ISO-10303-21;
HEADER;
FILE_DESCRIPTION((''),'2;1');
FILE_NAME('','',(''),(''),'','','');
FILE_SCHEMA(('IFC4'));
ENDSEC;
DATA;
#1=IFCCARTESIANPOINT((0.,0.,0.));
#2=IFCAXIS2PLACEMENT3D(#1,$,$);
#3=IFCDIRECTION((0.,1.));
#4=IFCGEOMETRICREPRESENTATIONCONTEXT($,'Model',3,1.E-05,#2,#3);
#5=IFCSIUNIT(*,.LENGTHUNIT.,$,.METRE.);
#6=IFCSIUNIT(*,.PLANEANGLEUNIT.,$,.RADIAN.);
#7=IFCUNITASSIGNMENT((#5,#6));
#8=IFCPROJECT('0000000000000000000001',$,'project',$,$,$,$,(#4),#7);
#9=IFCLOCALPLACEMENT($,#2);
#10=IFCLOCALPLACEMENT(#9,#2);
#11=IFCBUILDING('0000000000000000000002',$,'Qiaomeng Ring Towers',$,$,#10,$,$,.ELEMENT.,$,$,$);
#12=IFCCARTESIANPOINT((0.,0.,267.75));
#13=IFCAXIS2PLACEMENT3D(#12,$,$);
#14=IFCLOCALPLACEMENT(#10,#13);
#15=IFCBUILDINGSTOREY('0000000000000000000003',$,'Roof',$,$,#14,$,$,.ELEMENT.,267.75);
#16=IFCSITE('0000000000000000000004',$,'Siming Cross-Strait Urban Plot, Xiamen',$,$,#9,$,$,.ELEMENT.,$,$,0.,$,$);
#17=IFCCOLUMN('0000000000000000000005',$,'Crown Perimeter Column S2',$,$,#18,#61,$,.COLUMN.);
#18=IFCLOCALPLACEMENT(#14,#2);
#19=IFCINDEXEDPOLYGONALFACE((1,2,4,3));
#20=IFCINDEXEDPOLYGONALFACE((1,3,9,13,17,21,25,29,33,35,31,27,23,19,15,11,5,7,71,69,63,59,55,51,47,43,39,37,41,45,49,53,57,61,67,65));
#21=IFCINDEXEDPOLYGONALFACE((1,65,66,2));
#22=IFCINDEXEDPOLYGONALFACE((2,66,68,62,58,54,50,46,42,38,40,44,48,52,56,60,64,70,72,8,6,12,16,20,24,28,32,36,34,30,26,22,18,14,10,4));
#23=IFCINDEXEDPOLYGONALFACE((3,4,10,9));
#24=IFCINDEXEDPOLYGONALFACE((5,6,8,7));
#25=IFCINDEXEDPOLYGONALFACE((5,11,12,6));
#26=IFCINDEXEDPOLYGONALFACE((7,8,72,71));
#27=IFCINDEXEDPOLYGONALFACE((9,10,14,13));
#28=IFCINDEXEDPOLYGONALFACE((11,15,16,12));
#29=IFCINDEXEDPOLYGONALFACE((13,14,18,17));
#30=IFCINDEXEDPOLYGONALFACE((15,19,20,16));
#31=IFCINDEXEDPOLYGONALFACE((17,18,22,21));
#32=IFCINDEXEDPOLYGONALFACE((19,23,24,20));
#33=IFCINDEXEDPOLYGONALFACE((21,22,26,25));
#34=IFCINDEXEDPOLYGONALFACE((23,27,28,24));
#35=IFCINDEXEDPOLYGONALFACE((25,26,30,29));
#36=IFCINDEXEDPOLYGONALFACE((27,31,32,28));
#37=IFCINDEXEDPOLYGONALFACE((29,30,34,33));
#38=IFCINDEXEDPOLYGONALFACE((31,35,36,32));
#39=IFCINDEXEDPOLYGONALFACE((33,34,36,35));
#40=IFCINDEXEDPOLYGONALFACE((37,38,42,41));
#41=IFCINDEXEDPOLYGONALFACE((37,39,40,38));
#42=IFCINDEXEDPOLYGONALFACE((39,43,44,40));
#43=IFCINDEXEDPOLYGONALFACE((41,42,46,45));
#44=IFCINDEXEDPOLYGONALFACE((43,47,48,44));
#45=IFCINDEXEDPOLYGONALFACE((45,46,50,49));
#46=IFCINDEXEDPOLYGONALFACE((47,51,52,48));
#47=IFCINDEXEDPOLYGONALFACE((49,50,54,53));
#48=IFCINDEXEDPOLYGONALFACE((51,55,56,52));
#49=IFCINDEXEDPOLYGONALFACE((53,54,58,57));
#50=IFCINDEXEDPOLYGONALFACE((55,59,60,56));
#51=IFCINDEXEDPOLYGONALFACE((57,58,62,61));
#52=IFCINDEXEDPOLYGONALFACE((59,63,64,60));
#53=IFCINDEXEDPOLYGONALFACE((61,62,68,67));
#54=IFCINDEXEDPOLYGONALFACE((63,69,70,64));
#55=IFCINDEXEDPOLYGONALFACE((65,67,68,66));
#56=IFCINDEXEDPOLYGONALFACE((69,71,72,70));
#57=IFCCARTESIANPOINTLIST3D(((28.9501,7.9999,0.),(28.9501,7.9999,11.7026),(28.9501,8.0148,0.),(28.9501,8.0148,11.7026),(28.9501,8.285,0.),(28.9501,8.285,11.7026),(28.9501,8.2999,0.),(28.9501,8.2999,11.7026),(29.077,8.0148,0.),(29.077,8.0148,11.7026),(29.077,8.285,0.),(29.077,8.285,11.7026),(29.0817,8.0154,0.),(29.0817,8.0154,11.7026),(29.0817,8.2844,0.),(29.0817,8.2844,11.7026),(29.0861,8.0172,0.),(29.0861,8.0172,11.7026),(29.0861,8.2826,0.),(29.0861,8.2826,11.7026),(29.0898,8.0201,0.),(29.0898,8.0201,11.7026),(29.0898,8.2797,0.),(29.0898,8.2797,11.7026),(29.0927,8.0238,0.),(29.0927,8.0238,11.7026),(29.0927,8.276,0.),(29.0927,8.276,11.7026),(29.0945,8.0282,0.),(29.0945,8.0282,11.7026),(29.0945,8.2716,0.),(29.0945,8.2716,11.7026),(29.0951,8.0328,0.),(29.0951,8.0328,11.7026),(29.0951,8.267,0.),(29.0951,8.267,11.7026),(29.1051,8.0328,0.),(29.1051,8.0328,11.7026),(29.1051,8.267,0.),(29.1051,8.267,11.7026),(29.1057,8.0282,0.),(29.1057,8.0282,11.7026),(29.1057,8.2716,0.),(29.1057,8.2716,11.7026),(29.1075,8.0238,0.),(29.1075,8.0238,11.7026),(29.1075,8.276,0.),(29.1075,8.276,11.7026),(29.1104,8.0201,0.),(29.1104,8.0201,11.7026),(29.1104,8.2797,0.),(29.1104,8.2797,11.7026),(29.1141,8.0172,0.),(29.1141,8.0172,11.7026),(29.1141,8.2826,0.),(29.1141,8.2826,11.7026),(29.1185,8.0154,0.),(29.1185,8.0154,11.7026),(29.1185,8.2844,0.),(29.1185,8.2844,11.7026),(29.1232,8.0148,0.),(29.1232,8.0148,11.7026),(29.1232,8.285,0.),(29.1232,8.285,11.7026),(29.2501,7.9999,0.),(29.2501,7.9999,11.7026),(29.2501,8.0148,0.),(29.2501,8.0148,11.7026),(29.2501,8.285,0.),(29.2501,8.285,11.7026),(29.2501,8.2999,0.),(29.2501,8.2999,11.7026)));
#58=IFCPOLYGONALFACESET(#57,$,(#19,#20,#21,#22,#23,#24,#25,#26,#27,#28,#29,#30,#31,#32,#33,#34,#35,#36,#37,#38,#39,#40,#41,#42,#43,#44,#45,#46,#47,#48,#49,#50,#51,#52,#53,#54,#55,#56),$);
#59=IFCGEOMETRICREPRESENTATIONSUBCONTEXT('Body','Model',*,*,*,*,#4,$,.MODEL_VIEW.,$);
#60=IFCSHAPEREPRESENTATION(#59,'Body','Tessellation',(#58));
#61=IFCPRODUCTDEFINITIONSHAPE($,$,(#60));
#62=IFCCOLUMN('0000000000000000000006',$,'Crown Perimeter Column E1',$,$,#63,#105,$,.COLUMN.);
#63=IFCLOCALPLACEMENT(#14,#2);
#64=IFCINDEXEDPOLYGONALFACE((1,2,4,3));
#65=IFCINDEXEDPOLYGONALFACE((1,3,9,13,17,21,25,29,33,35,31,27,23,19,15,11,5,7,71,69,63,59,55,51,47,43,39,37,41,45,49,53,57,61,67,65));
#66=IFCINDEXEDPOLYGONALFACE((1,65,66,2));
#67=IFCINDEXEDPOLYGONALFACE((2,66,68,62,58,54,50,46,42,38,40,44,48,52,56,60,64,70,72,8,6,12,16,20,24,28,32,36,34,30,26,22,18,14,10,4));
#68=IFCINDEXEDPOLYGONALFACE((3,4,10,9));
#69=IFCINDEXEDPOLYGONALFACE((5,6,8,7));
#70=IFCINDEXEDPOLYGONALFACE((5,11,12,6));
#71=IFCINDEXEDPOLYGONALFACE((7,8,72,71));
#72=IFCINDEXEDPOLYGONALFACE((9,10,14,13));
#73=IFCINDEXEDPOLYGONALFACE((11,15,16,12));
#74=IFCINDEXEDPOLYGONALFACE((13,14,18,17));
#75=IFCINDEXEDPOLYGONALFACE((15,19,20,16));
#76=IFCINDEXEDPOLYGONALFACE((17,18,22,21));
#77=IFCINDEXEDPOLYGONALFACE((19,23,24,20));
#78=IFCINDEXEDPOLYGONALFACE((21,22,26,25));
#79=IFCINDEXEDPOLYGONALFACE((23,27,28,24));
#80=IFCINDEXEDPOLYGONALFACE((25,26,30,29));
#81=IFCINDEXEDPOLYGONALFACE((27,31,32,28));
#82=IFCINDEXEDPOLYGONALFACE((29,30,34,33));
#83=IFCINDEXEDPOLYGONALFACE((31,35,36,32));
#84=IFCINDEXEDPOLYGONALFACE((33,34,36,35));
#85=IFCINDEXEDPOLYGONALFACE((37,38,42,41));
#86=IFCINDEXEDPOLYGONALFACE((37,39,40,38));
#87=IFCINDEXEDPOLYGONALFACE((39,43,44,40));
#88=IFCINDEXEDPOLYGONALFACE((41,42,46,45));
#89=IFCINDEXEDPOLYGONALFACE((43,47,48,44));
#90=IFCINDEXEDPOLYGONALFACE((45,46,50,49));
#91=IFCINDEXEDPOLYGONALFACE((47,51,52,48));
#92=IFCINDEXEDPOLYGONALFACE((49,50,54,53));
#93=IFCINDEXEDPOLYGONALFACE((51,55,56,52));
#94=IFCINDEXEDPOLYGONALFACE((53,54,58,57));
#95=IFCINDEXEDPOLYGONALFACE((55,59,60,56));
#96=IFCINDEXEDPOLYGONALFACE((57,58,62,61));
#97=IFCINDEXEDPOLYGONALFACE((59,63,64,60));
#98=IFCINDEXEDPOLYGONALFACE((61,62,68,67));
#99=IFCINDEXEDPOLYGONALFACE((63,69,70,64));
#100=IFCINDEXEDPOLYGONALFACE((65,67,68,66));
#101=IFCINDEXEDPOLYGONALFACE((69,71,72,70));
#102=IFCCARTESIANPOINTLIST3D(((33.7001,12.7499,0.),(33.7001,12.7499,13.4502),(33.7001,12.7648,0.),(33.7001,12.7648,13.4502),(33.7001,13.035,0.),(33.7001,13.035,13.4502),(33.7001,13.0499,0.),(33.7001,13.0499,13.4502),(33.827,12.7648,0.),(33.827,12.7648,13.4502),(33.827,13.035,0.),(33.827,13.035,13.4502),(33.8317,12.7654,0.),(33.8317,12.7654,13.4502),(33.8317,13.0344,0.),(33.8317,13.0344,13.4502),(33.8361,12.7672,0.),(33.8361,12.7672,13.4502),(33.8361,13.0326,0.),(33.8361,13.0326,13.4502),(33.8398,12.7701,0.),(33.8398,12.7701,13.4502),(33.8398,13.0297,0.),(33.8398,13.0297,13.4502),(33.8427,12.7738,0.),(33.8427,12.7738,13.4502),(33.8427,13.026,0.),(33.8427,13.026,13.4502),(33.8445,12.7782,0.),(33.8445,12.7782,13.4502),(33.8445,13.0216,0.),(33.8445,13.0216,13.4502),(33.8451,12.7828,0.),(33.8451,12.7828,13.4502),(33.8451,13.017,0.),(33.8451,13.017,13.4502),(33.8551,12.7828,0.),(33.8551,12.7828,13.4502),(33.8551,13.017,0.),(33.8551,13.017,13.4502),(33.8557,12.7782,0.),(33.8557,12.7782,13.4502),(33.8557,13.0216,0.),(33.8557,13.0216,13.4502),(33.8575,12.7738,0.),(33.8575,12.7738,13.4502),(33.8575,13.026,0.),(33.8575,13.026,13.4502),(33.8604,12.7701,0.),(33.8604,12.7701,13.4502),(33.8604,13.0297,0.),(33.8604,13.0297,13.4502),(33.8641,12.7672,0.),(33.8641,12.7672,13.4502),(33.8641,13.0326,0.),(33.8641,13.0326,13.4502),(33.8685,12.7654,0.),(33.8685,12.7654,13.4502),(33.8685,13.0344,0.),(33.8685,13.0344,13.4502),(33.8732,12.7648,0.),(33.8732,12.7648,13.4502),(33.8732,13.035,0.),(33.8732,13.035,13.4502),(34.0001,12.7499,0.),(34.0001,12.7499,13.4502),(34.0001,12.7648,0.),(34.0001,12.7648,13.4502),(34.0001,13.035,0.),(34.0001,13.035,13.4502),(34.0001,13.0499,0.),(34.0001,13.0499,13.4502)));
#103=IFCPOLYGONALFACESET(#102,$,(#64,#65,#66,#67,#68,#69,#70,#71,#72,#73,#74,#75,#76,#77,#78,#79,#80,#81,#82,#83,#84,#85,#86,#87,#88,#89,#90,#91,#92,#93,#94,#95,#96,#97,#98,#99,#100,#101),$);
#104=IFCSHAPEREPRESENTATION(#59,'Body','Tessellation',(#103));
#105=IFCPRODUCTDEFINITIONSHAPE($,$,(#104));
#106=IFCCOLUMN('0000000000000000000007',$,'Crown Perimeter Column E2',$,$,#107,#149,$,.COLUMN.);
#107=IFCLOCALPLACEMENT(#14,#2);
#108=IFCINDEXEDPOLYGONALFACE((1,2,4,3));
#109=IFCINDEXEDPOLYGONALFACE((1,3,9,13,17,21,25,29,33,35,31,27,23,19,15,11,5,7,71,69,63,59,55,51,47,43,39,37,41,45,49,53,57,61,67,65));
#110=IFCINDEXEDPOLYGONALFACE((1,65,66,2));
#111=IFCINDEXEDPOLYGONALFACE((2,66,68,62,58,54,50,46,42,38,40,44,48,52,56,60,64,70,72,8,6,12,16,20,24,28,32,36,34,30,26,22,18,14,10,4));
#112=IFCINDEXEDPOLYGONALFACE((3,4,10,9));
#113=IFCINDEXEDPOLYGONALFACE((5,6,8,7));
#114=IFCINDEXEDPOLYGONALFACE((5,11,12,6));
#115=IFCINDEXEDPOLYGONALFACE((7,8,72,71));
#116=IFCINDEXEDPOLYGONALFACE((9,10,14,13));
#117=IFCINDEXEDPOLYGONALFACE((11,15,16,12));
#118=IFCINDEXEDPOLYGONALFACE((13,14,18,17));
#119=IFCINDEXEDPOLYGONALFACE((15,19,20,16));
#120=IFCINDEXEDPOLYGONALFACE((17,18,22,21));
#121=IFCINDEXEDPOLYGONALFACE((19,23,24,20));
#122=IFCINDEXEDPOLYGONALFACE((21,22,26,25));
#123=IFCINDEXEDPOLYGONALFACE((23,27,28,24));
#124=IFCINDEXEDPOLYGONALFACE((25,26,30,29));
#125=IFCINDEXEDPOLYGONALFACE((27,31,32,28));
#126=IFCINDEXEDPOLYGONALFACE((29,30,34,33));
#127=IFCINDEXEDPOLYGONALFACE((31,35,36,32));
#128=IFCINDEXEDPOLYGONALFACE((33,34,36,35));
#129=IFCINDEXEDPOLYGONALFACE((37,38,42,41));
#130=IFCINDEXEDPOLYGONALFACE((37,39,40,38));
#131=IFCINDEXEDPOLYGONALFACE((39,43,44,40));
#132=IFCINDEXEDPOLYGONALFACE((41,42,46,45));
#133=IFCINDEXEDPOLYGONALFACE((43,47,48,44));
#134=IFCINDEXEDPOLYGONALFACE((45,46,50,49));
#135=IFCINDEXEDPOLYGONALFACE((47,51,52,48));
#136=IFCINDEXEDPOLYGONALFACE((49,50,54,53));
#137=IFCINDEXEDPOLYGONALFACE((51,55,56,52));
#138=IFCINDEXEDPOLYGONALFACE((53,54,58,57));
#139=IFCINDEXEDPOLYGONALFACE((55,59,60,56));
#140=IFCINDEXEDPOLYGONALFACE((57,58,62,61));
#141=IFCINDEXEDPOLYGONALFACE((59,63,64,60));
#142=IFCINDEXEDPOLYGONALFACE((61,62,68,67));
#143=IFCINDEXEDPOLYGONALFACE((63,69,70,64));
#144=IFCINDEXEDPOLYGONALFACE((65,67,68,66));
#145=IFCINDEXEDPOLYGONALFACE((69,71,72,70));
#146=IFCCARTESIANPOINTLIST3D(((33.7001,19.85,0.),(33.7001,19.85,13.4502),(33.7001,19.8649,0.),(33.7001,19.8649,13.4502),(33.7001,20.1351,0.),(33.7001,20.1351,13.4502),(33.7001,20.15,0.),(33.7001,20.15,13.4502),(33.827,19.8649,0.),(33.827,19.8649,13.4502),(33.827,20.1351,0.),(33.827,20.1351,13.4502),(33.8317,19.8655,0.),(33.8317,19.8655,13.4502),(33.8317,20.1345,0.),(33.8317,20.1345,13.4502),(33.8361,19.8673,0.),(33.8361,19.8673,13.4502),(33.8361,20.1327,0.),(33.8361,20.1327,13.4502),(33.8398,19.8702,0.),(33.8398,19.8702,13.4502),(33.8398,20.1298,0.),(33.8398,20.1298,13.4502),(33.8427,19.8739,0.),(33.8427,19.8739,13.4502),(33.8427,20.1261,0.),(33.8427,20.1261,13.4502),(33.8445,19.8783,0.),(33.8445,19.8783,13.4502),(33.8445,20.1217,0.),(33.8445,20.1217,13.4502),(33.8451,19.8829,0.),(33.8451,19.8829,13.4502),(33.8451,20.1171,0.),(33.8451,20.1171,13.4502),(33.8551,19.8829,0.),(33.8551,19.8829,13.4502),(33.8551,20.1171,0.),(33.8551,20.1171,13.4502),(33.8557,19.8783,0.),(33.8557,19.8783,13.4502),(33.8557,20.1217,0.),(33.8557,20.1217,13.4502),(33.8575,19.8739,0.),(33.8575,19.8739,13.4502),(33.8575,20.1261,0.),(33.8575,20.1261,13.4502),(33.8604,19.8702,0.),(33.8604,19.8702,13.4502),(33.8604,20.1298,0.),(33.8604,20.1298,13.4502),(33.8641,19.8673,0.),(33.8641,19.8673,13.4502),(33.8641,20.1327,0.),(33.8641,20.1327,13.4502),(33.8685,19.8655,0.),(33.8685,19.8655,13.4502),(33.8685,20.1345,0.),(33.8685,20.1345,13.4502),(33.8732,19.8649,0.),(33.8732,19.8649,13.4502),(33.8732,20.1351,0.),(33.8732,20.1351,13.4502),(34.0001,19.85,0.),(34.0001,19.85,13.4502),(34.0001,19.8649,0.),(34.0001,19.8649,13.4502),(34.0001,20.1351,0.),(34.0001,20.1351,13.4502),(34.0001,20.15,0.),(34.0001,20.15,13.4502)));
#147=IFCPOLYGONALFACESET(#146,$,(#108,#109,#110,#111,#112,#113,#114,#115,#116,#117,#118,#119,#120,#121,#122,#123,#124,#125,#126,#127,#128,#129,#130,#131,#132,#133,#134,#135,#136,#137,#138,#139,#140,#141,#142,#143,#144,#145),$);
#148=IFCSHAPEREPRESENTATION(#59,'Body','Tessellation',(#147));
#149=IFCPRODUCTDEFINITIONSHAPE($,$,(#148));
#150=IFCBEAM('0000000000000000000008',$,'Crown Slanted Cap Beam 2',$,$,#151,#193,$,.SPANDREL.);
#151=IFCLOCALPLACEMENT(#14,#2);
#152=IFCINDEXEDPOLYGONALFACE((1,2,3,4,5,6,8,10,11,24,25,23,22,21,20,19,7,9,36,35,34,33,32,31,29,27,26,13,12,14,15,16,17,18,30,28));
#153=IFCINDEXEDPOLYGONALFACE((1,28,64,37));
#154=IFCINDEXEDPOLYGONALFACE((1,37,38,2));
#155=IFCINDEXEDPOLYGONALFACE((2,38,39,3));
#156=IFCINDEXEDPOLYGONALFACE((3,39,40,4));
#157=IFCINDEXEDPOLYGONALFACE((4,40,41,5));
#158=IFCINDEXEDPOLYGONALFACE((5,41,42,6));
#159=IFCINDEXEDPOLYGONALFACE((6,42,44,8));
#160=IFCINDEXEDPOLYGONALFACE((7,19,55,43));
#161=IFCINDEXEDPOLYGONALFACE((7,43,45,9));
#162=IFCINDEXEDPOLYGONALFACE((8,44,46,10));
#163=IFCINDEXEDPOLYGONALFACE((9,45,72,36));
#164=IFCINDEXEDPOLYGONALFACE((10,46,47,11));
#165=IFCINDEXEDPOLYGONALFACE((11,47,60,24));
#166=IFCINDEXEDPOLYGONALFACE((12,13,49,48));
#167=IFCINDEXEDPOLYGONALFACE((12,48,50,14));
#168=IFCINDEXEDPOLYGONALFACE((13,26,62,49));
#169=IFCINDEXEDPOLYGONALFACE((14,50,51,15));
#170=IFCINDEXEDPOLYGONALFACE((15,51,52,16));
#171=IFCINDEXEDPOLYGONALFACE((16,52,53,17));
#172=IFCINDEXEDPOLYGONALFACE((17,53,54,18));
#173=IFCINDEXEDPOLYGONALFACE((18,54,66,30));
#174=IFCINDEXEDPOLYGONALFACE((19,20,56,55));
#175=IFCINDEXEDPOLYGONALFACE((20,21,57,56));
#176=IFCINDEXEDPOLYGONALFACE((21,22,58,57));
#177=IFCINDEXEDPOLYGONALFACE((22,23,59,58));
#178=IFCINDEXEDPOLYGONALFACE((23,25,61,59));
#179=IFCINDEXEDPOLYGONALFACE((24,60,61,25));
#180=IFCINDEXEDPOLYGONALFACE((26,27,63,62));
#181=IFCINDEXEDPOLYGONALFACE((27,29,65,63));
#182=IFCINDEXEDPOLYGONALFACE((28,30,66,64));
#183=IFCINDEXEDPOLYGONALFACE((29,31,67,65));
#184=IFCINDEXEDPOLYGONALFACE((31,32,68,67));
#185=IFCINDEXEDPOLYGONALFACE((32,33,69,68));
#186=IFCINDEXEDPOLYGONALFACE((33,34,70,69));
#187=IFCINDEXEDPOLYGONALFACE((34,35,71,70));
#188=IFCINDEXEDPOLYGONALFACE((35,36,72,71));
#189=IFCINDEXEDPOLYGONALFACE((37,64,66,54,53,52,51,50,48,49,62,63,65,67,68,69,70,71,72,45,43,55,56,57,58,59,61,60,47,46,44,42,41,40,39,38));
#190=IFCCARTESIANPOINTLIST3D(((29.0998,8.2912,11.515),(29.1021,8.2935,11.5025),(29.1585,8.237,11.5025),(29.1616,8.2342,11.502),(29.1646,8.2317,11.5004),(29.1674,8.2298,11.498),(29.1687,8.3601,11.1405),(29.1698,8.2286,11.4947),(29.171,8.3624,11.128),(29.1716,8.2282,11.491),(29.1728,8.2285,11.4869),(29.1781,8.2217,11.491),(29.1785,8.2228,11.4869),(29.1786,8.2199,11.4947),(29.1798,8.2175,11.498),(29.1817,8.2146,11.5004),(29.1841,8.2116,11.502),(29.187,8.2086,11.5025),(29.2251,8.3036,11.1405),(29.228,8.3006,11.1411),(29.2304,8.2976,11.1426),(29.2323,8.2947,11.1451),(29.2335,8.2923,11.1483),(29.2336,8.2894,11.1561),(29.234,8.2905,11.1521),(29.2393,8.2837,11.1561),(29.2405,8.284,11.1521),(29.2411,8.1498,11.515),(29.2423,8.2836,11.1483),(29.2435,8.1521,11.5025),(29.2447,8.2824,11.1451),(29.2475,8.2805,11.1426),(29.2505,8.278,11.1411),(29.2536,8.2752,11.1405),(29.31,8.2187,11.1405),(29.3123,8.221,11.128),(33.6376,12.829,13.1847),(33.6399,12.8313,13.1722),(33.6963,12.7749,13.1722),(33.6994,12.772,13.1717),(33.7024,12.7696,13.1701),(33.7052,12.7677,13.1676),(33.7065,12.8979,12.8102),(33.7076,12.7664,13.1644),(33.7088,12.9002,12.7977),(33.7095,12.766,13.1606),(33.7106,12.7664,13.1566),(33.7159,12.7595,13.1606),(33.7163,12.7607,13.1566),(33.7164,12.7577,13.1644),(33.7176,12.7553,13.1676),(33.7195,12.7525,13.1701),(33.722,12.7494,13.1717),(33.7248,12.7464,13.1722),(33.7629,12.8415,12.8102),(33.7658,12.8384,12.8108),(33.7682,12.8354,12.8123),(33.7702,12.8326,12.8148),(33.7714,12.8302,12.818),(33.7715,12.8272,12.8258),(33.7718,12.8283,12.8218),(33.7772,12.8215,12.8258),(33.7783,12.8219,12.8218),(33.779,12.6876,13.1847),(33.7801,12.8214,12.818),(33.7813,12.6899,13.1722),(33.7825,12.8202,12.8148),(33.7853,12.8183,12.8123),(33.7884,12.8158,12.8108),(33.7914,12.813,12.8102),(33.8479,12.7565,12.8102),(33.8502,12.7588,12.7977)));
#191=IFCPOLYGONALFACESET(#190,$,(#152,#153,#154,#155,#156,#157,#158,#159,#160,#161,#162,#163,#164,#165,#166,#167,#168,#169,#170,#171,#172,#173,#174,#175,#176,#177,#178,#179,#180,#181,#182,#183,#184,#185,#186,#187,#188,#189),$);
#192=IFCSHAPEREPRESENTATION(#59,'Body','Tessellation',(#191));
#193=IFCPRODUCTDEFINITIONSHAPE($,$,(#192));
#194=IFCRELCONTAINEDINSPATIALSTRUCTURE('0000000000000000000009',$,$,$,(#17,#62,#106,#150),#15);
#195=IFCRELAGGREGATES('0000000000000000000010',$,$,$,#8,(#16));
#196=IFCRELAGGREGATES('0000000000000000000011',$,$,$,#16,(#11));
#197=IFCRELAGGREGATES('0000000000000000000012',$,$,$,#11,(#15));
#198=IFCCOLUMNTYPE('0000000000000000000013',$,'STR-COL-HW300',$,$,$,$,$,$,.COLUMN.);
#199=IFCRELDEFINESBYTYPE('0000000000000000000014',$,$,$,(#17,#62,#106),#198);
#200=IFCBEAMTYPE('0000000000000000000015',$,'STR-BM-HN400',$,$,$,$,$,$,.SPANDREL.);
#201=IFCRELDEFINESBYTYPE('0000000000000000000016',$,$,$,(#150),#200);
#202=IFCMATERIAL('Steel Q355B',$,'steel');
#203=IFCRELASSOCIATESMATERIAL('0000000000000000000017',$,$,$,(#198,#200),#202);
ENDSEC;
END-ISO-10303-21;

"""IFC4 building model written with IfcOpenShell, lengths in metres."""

from ifc_helpers import new_model, si_unit, direction, frame, origin, origin_2d, place, context, subcontext, project, spatial, i_section, extrude, source, transform, mapped, material, material_profile, profile_set, type_object, element, save


model = new_model("IFC4")

# Units and contexts
model_context = context("Model", 3, precision=1e-05, world=origin(), true_north=direction((0.0, 1.0)))
body_context = subcontext(model_context, "Body", "Model", "MODEL_VIEW")
ifc_project = project(units=[si_unit("LENGTHUNIT", "METRE"), si_unit("PLANEANGLEUNIT", "RADIAN")], contexts=[model_context])

# Site, building, storey
site_placement = place(None, origin())
site = spatial("IfcSite", under=ifc_project, at=site_placement, Name="Siming Cross-Strait Urban Plot, Xiamen", CompositionType="ELEMENT", RefElevation=0.0)
building_placement = place(site_placement, origin())
building = spatial("IfcBuilding", under=site, at=building_placement, Name="Qiaomeng Ring Towers", CompositionType="ELEMENT")
storey_placement = place(building_placement, frame((0.0, 0.0, 267.75)))
storey = spatial("IfcBuildingStorey", under=building, at=storey_placement, Name="Roof", CompositionType="ELEMENT", Elevation=267.75)

# Columns
ifc_material_1 = material(Name="Steel Q355B", Category="steel")
ifc_material_profile_1 = material_profile(ifc_material_1, i_section(OverallWidth=0.3, OverallDepth=0.3, WebThickness=0.01, FlangeThickness=0.0149, FilletRadius=0.0181, at=origin_2d()), Name="HW 300x300x10x15")
ifc_profile_set_1 = profile_set([ifc_material_profile_1], Name="Steel Q355B")
column_type = type_object("IfcColumnType", Name="STR-COL-HW300", PredefinedType="COLUMN", material=ifc_profile_set_1)
shared_shape_1 = source(origin(), body_context, "Body", "SweptSolid", [
    extrude(i_section(OverallWidth=0.3, OverallDepth=0.3, WebThickness=0.01, FlangeThickness=0.0149, FilletRadius=0.0181, at=origin_2d()), origin(), (0.0, 0.0, 1.0), 11.7026),
])
column_placement = place(storey_placement, frame((29.1001, 8.1499, 0.0), z_axis=(0.0, 0.0, 1.0), x_axis=(1.0, 0.0, 0.0)))
element("IfcColumn", 1, at=column_placement, inside=storey, type_object=column_type, Name="Crown Perimeter Column S2", PredefinedType="COLUMN", context=body_context, shape_type="MappedRepresentation", body=[
    mapped(shared_shape_1, transform((0.0, 0.0, 0.0), x_axis=(1.0, 0.0, 0.0), y_axis=(0.0, 1.0, 0.0), z_axis=(0.0, 0.0, 1.0), scale=1.0)),
])
shared_shape_2 = source(origin(), body_context, "Body", "SweptSolid", [
    extrude(i_section(OverallWidth=0.3, OverallDepth=0.3, WebThickness=0.01, FlangeThickness=0.0149, FilletRadius=0.0181, at=origin_2d()), origin(), (0.0, 0.0, 1.0), 13.4502),
])
for number, where, z_axis, x_axis, name in (
    (2, (33.8501, 12.8999, 0.0), (0.0, 0.0, 1.0), (1.0, 0.0, 0.0), "Crown Perimeter Column E1"),
    (3, (33.8501, 20.0, 0.0), (0.0, 0.0, 1.0), (1.0, 0.0, 0.0), "Crown Perimeter Column E2"),
):
    element("IfcColumn", number, at=place(storey_placement, frame(where, z_axis=z_axis, x_axis=x_axis)), inside=storey, type_object=column_type, Name=name, PredefinedType="COLUMN", context=body_context, shape_type="MappedRepresentation", body=[
        mapped(shared_shape_2, transform((0.0, 0.0, 0.0), x_axis=(1.0, 0.0, 0.0), y_axis=(0.0, 1.0, 0.0), z_axis=(0.0, 0.0, 1.0), scale=1.0)),
    ])

# Beam
ifc_material_profile_2 = material_profile(ifc_material_1, i_section(OverallWidth=0.2, OverallDepth=0.3999, WebThickness=0.0081, FlangeThickness=0.0129, FilletRadius=0.0161, at=origin_2d()), Name="HN 400x200x8x13")
ifc_profile_set_2 = profile_set([ifc_material_profile_2], Name="Steel Q355B")
beam_type = type_object("IfcBeamType", Name="STR-BM-HN400", PredefinedType="SPANDREL", material=ifc_profile_set_2)
shared_shape_3 = source(origin(), body_context, "Body", "SweptSolid", [
    extrude(i_section(OverallWidth=0.2, OverallDepth=0.3999, WebThickness=0.0081, FlangeThickness=0.0129, FilletRadius=0.0161, at=origin_2d()), origin(), (0.0, 0.0, 1.0), 6.6311),
])
beam_1_placement = place(storey_placement, frame((29.2061, 8.2561, 11.3215), z_axis=(0.684324, 0.684324, 0.251794), x_axis=(-0.707107, 0.707107, 0.0)))
element("IfcBeam", 4, at=beam_1_placement, inside=storey, type_object=beam_type, Name="Crown Slanted Cap Beam 2", PredefinedType="SPANDREL", context=body_context, shape_type="MappedRepresentation", body=[
    mapped(shared_shape_3, transform((0.0, 0.0, 0.0), x_axis=(1.0, 0.0, 0.0), y_axis=(0.0, 1.0, 0.0), z_axis=(0.0, 0.0, 1.0), scale=1.0)),
])

save(model, "model.ifc")
